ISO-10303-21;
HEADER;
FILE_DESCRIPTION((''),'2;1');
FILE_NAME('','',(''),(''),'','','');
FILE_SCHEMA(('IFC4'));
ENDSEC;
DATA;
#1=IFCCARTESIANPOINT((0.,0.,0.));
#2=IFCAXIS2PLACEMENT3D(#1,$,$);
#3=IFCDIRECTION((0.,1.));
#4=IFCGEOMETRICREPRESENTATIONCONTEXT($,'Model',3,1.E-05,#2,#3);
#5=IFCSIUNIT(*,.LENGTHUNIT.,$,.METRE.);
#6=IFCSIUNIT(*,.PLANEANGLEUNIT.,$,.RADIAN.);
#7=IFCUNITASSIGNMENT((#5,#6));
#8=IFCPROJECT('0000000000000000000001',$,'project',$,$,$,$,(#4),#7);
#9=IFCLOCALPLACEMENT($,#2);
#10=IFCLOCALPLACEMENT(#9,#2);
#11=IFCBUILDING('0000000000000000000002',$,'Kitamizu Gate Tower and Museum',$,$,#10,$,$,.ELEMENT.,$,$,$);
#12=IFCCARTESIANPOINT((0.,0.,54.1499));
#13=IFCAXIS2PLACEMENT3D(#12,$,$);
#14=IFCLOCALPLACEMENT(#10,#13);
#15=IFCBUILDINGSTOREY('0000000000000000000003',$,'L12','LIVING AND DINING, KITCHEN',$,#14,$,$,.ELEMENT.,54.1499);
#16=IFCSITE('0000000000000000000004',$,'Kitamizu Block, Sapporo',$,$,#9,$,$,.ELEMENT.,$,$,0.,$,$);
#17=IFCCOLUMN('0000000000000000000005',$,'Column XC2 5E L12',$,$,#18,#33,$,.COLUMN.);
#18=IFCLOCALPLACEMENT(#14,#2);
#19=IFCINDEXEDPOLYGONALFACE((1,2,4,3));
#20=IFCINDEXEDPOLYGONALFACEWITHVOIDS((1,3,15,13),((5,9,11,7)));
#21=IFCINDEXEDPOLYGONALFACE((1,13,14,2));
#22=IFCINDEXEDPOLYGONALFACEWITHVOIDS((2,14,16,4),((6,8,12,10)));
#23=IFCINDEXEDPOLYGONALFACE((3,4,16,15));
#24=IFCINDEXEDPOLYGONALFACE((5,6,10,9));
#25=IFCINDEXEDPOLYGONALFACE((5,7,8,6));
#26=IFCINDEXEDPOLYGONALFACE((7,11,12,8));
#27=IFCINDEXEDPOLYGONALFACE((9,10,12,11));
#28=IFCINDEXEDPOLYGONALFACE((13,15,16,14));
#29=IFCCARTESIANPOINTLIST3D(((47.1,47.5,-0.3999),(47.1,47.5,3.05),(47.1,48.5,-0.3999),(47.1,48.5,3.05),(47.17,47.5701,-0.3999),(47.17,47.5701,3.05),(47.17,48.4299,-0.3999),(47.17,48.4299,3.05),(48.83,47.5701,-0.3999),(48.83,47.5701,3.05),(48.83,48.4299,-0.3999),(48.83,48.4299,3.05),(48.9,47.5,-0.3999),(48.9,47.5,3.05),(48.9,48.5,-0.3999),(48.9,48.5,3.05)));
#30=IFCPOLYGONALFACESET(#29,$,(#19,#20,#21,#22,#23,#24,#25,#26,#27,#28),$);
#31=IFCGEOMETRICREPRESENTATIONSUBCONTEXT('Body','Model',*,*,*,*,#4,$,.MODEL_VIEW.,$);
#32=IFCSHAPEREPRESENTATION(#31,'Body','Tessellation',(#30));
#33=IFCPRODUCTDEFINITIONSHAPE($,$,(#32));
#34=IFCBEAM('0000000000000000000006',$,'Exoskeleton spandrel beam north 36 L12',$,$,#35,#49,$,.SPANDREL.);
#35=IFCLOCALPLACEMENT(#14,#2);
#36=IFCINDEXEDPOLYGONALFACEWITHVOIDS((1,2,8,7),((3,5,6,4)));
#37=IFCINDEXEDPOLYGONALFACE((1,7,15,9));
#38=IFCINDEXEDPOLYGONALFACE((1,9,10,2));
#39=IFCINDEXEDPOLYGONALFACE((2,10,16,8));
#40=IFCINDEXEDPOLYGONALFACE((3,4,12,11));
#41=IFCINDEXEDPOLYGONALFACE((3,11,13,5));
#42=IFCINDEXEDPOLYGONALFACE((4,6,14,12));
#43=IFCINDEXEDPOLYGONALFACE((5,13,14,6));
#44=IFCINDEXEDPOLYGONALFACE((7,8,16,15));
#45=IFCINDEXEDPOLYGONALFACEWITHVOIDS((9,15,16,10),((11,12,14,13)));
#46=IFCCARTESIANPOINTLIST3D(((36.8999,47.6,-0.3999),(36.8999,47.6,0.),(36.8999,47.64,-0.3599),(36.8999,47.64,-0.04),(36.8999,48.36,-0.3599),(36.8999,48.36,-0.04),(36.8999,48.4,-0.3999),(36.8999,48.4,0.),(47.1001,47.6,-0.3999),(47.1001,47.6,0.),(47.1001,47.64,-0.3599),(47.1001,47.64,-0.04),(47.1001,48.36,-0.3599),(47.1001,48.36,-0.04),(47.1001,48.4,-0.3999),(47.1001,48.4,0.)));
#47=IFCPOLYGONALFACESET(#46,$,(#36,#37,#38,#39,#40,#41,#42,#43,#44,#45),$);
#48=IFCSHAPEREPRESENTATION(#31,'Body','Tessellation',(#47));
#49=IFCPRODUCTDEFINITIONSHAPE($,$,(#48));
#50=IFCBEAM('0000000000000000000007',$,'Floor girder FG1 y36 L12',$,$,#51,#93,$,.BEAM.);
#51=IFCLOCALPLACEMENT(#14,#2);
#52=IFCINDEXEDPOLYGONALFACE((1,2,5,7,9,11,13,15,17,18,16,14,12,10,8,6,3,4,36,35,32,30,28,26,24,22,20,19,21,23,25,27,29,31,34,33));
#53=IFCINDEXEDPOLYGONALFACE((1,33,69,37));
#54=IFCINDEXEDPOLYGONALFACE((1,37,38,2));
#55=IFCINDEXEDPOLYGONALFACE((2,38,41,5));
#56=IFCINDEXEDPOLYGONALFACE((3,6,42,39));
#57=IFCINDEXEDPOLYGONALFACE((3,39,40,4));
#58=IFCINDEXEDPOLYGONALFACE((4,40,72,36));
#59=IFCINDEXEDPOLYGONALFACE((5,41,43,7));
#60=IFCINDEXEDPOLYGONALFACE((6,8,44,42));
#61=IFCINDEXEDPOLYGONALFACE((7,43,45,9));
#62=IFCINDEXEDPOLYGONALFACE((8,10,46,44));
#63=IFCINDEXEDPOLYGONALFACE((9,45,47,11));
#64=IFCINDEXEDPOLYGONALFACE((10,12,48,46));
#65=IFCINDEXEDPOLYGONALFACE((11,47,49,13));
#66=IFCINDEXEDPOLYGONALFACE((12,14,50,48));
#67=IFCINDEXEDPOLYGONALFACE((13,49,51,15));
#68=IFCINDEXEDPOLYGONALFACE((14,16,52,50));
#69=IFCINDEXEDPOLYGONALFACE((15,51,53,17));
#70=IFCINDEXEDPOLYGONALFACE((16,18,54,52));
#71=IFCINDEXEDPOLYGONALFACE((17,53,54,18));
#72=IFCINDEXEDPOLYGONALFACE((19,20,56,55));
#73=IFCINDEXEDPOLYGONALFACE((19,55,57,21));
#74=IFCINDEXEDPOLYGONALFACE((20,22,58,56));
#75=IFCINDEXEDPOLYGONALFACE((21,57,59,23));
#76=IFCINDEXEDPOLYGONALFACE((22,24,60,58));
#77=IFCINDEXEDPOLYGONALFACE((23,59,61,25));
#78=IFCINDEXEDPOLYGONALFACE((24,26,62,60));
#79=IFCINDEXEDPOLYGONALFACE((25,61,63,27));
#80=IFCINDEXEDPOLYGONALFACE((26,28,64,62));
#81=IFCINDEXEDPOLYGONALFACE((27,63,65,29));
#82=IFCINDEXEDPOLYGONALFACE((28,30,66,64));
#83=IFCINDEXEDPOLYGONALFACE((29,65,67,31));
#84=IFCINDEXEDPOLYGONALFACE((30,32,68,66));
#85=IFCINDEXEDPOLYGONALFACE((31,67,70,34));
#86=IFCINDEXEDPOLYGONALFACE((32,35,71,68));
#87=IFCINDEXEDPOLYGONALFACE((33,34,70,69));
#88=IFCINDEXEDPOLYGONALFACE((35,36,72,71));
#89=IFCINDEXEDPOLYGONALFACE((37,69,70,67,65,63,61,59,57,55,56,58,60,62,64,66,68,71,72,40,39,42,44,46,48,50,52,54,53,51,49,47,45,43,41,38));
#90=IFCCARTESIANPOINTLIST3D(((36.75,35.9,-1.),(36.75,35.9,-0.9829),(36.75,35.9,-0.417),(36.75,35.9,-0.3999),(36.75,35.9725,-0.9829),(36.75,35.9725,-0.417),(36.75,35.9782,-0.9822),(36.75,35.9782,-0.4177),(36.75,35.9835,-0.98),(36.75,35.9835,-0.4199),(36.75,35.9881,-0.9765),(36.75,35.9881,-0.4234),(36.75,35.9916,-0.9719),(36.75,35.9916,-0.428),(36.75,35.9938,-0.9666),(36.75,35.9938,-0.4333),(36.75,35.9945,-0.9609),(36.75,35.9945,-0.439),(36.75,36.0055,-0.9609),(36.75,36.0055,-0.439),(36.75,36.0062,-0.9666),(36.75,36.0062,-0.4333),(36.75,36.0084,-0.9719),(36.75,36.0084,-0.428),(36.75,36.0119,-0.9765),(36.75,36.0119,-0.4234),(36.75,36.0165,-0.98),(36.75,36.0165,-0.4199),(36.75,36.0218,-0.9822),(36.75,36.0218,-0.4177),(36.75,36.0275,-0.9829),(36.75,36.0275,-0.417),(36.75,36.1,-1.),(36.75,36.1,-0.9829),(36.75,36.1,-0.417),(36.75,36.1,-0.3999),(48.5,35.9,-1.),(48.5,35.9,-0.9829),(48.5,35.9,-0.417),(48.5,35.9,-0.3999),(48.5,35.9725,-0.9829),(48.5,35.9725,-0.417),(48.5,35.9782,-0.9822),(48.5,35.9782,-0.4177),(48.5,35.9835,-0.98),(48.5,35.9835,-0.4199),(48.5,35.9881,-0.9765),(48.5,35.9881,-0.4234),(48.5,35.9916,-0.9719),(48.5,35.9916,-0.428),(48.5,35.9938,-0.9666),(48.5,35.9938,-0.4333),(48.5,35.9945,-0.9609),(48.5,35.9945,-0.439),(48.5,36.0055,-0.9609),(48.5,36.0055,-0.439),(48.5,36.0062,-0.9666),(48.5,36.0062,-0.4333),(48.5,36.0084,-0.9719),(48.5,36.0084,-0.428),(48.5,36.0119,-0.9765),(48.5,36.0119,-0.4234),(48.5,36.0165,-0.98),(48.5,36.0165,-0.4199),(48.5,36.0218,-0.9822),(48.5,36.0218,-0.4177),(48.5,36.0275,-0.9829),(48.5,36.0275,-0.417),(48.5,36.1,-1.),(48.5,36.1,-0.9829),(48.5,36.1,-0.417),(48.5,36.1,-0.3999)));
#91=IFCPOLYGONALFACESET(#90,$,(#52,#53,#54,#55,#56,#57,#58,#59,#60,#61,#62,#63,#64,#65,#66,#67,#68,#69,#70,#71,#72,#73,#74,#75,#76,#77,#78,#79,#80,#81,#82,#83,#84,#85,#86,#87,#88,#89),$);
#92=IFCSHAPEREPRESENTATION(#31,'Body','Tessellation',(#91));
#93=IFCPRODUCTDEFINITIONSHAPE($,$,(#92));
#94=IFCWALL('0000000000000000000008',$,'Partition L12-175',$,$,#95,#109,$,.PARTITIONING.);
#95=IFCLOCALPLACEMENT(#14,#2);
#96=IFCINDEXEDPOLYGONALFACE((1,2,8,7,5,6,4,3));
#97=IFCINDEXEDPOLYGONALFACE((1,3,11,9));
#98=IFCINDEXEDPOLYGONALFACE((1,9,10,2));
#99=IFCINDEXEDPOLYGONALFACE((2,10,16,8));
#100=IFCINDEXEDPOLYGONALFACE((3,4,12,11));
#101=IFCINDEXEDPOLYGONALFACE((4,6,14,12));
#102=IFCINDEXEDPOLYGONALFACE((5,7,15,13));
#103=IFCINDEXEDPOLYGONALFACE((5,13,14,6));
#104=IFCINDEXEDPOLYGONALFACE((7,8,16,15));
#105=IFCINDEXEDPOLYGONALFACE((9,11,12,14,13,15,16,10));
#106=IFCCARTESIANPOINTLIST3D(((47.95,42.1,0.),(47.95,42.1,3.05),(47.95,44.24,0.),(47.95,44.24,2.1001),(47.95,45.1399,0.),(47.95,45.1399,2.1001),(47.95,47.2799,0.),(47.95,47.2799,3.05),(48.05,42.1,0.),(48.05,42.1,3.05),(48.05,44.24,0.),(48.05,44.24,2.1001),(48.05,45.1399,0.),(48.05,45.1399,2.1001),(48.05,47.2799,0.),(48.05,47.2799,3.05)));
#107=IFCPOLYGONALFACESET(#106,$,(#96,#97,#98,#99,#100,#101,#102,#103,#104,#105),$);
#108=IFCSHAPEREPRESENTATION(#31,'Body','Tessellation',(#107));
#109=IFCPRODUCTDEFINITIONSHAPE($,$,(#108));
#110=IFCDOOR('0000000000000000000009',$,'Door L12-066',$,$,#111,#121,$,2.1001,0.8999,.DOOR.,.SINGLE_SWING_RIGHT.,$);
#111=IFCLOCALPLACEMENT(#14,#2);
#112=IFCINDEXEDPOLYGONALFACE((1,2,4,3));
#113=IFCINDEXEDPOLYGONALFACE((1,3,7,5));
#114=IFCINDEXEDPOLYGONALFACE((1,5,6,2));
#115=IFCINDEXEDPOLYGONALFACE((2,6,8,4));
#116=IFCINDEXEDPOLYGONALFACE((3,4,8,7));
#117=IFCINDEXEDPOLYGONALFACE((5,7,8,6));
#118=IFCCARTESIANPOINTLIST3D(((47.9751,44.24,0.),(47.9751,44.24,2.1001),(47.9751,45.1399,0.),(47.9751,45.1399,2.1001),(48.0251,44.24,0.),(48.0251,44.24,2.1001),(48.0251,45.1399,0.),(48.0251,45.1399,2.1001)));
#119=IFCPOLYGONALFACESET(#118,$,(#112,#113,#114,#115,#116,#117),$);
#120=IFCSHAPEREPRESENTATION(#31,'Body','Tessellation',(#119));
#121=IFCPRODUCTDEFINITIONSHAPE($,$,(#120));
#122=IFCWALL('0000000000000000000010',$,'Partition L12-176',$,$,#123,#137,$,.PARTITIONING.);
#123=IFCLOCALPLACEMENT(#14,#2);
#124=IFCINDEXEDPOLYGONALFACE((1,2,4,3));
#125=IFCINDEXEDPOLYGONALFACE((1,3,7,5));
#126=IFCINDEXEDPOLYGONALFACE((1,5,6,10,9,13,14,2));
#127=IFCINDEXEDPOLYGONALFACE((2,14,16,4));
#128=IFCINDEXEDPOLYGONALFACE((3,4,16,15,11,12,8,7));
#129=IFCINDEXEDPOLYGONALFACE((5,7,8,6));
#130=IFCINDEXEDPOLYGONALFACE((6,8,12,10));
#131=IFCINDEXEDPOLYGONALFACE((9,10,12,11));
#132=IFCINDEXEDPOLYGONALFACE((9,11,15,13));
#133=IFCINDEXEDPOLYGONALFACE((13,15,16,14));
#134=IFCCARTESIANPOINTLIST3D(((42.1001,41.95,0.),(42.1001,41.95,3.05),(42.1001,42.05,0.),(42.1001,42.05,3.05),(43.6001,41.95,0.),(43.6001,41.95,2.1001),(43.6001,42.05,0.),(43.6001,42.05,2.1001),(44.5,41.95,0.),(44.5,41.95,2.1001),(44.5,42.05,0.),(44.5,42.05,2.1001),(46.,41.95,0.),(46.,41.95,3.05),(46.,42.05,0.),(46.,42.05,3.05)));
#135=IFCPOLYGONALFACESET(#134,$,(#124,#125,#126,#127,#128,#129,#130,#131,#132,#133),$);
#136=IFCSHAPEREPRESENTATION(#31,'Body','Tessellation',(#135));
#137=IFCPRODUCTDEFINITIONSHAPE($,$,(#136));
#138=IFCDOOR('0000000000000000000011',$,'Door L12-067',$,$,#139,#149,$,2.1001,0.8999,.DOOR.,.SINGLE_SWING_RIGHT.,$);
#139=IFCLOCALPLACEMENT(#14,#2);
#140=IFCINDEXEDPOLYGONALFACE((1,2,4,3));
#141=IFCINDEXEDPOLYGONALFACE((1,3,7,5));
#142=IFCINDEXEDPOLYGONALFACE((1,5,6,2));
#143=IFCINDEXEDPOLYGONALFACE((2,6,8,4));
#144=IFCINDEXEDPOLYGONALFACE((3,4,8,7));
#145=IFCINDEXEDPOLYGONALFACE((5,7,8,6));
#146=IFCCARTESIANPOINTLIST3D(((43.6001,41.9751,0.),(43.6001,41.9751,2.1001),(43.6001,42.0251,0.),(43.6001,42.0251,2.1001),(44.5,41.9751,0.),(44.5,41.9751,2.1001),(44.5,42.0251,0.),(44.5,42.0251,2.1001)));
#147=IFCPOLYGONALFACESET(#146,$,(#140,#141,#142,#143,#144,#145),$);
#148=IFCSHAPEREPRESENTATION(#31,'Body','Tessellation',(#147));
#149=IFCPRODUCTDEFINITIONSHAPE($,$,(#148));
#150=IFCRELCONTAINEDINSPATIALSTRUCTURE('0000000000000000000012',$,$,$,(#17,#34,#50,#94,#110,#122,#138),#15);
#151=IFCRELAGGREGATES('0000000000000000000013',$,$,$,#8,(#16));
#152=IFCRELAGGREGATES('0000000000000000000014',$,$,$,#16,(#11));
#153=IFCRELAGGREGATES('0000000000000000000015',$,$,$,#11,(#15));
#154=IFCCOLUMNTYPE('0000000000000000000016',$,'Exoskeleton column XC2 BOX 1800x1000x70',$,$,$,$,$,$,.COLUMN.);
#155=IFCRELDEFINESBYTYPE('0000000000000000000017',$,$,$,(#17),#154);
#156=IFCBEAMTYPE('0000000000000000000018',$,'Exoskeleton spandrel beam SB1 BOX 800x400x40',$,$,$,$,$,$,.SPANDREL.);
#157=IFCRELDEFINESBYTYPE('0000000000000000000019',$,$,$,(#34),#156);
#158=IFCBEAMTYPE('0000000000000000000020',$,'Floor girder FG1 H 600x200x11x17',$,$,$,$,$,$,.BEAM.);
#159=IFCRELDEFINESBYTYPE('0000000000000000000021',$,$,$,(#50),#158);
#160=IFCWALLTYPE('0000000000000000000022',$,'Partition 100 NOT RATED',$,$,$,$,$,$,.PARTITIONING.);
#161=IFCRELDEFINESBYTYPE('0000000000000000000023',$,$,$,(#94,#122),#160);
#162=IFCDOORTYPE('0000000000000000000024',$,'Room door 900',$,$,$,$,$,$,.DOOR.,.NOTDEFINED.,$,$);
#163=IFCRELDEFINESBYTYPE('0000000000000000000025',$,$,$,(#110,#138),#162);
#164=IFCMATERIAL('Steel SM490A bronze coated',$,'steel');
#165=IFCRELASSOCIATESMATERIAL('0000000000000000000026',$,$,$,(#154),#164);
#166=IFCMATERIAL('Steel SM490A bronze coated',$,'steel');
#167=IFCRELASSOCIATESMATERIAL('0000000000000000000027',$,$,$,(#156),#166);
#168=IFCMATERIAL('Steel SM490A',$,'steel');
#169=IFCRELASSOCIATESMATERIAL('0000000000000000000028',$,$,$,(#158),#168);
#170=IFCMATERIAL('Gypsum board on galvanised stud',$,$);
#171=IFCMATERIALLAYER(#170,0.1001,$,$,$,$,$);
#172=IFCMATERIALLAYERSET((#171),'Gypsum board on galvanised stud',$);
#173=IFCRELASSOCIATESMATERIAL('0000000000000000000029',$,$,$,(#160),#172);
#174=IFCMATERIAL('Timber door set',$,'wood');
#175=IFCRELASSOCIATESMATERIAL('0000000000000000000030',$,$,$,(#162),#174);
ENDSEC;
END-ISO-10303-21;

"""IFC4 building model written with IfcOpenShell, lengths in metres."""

from ifc_helpers import new_model, si_unit, direction, frame, frame_2d, origin, origin_2d, place, context, subcontext, project, spatial, rectangle, hollow_rectangle, i_section, extrude, material, layer, layer_set, material_profile, profile_set, type_object, element, fill, save


model = new_model("IFC4")

# Units and contexts
model_context = context("Model", 3, precision=1e-05, world=origin(), true_north=direction((0.0, 1.0)))
body_context = subcontext(model_context, "Body", "Model", "MODEL_VIEW")
ifc_project = project(units=[si_unit("LENGTHUNIT", "METRE"), si_unit("PLANEANGLEUNIT", "RADIAN")], contexts=[model_context])

# Site, building, storey
site_placement = place(None, origin())
site = spatial("IfcSite", under=ifc_project, at=site_placement, Name="Kitamizu Block, Sapporo", CompositionType="ELEMENT", RefElevation=0.0)
building_placement = place(site_placement, origin())
building = spatial("IfcBuilding", under=site, at=building_placement, Name="Kitamizu Gate Tower and Museum", CompositionType="ELEMENT")
storey_placement = place(building_placement, frame((0.0, 0.0, 54.1499)))
storey = spatial("IfcBuildingStorey", under=building, at=storey_placement, Name="L12", Description="LIVING AND DINING, KITCHEN", CompositionType="ELEMENT", Elevation=54.1499)

# Column
ifc_material_1 = material(Name="Steel SM490A bronze coated", Category="steel")
ifc_material_profile_1 = material_profile(ifc_material_1, hollow_rectangle(XDim=1.8, YDim=1.0, WallThickness=0.0701, at=origin_2d()), Name="BOX 1800x1000x70")
ifc_profile_set_1 = profile_set([ifc_material_profile_1], Name="Steel SM490A bronze coated")
column_type = type_object("IfcColumnType", Name="Exoskeleton column XC2 BOX 1800x1000x70", PredefinedType="COLUMN", material=ifc_profile_set_1)
column_placement = place(storey_placement, frame((48.0, 48.0, -0.3999), z_axis=(0.0, 0.0, 1.0), x_axis=(1.0, 0.0, 0.0)))
element("IfcColumn", 1, at=column_placement, inside=storey, type_object=column_type, Name="Column XC2 5E L12", PredefinedType="COLUMN", context=body_context, shape_type="SweptSolid", body=[
    extrude(hollow_rectangle(XDim=1.8, YDim=1.0, WallThickness=0.0701, at=origin_2d()), origin(), (0.0, 0.0, 1.0), 3.45),
])

# Beams
ifc_material_2 = material(Name="Steel SM490A bronze coated", Category="steel")
ifc_material_profile_2 = material_profile(ifc_material_2, hollow_rectangle(XDim=0.8, YDim=0.3999, WallThickness=0.04, at=origin_2d()), Name="BOX 800x400x40")
ifc_profile_set_2 = profile_set([ifc_material_profile_2], Name="Steel SM490A bronze coated")
beam_type_1 = type_object("IfcBeamType", Name="Exoskeleton spandrel beam SB1 BOX 800x400x40", PredefinedType="SPANDREL", material=ifc_profile_set_2)
beam_1_placement = place(storey_placement, frame((36.8999, 48.0, -0.2), z_axis=(1.0, 0.0, 0.0), x_axis=(0.0, 1.0, 0.0)))
element("IfcBeam", 2, at=beam_1_placement, inside=storey, type_object=beam_type_1, Name="Exoskeleton spandrel beam north 36 L12", PredefinedType="SPANDREL", context=body_context, shape_type="SweptSolid", body=[
    extrude(hollow_rectangle(XDim=0.8, YDim=0.3999, WallThickness=0.04, at=origin_2d()), origin(), (0.0, 0.0, 1.0), 10.2002),
])
ifc_material_3 = material(Name="Steel SM490A", Category="steel")
ifc_material_profile_3 = material_profile(ifc_material_3, i_section(OverallWidth=0.2, OverallDepth=0.6001, WebThickness=0.011, FlangeThickness=0.0171, FilletRadius=0.022, at=origin_2d()), Name="H-600x200x11x17")
ifc_profile_set_3 = profile_set([ifc_material_profile_3], Name="Steel SM490A")
beam_type_2 = type_object("IfcBeamType", Name="Floor girder FG1 H 600x200x11x17", PredefinedType="BEAM", material=ifc_profile_set_3)
beam_2_placement = place(storey_placement, frame((36.75, 36.0, -0.7), z_axis=(1.0, 0.0, 0.0), x_axis=(0.0, 1.0, 0.0)))
element("IfcBeam", 3, at=beam_2_placement, inside=storey, type_object=beam_type_2, Name="Floor girder FG1 y36 L12", PredefinedType="BEAM", context=body_context, shape_type="SweptSolid", body=[
    extrude(i_section(OverallWidth=0.2, OverallDepth=0.6001, WebThickness=0.011, FlangeThickness=0.0171, FilletRadius=0.022, at=origin_2d()), origin(), (0.0, 0.0, 1.0), 11.75),
])

# Walls, openings, doors
ifc_material_4 = material(Name="Gypsum board on galvanised stud")
ifc_layer_1 = layer(ifc_material_4, 0.1001)
ifc_layer_set_1 = layer_set([ifc_layer_1], Name="Gypsum board on galvanised stud")
wall_type_1 = type_object("IfcWallType", Name="Partition 100 NOT RATED", PredefinedType="PARTITIONING", material=ifc_layer_set_1)
wall_1_placement = place(storey_placement, frame((48.0, 42.1001, 0.0), z_axis=(0.0, 0.0, 1.0), x_axis=(0.0, 1.0, 0.0)))
wall_1 = element("IfcWall", 4, at=wall_1_placement, inside=storey, type_object=wall_type_1, Name="Partition L12-175", PredefinedType="PARTITIONING", context=body_context, shape_type="SweptSolid", body=[
    extrude(rectangle(XDim=5.1799, YDim=0.1001, at=frame_2d((2.5898, 0.0))), origin(), (0.0, 0.0, 1.0), 3.05),
])
opening_1_placement = place(wall_1_placement, frame((2.1399, 0.0, 0.0)))
opening_1 = element("IfcOpeningElement", 5, at=opening_1_placement, cuts=wall_1, PredefinedType="OPENING", context=body_context, shape_type="SweptSolid", body=[
    extrude(rectangle(XDim=0.8999, YDim=2.1001, at=frame_2d((0.45, 1.05))), frame((0.0, 0.0601, 0.0), z_axis=(0.0, -1.0, 0.0), x_axis=(1.0, 0.0, 0.0)), (0.0, 0.0, 1.0), 0.1201),
])
ifc_material_5 = material(Name="Timber door set", Category="wood")
door_type_1 = type_object("IfcDoorType", Name="Room door 900", OperationType="NOTDEFINED", PredefinedType="DOOR", material=ifc_material_5)
door_1_placement = place(opening_1_placement, origin())
door_1 = element("IfcDoor", 6, at=door_1_placement, inside=storey, type_object=door_type_1, Name="Door L12-066", OperationType="SINGLE_SWING_RIGHT", OverallHeight=2.1001, OverallWidth=0.8999, PredefinedType="DOOR", context=body_context, shape_type="SweptSolid", body=[
    extrude(rectangle(XDim=0.8999, YDim=2.1001, at=frame_2d((0.45, 1.05))), frame((0.0, 0.0249, 0.0), z_axis=(0.0, -1.0, 0.0), x_axis=(1.0, 0.0, 0.0)), (0.0, 0.0, 1.0), 0.05),
])
fill(opening_1, door_1)
wall_2_placement = place(storey_placement, frame((42.1001, 42.0, 0.0), z_axis=(0.0, 0.0, 1.0), x_axis=(1.0, 0.0, 0.0)))
wall_2 = element("IfcWall", 7, at=wall_2_placement, inside=storey, type_object=wall_type_1, Name="Partition L12-176", PredefinedType="PARTITIONING", context=body_context, shape_type="SweptSolid", body=[
    extrude(rectangle(XDim=3.8999, YDim=0.1001, at=frame_2d((1.95, 0.0))), origin(), (0.0, 0.0, 1.0), 3.05),
])
opening_2_placement = place(wall_2_placement, frame((1.5, 0.0, 0.0)))
opening_2 = element("IfcOpeningElement", 8, at=opening_2_placement, cuts=wall_2, PredefinedType="OPENING", context=body_context, shape_type="SweptSolid", body=[
    extrude(rectangle(XDim=0.8999, YDim=2.1001, at=frame_2d((0.45, 1.05))), frame((0.0, 0.0601, 0.0), z_axis=(0.0, -1.0, 0.0), x_axis=(1.0, 0.0, 0.0)), (0.0, 0.0, 1.0), 0.1201),
])
door_2_placement = place(opening_2_placement, frame((0.8999, 0.0, 0.0), x_axis=(-1.0, 0.0, 0.0)))
door_2 = element("IfcDoor", 9, at=door_2_placement, inside=storey, type_object=door_type_1, Name="Door L12-067", OperationType="SINGLE_SWING_RIGHT", OverallHeight=2.1001, OverallWidth=0.8999, PredefinedType="DOOR", context=body_context, shape_type="SweptSolid", body=[
    extrude(rectangle(XDim=0.8999, YDim=2.1001, at=frame_2d((0.45, 1.05))), frame((0.0, 0.0249, 0.0), z_axis=(0.0, -1.0, 0.0), x_axis=(1.0, 0.0, 0.0)), (0.0, 0.0, 1.0), 0.05),
])
fill(opening_2, door_2)

save(model, "model.ifc")
